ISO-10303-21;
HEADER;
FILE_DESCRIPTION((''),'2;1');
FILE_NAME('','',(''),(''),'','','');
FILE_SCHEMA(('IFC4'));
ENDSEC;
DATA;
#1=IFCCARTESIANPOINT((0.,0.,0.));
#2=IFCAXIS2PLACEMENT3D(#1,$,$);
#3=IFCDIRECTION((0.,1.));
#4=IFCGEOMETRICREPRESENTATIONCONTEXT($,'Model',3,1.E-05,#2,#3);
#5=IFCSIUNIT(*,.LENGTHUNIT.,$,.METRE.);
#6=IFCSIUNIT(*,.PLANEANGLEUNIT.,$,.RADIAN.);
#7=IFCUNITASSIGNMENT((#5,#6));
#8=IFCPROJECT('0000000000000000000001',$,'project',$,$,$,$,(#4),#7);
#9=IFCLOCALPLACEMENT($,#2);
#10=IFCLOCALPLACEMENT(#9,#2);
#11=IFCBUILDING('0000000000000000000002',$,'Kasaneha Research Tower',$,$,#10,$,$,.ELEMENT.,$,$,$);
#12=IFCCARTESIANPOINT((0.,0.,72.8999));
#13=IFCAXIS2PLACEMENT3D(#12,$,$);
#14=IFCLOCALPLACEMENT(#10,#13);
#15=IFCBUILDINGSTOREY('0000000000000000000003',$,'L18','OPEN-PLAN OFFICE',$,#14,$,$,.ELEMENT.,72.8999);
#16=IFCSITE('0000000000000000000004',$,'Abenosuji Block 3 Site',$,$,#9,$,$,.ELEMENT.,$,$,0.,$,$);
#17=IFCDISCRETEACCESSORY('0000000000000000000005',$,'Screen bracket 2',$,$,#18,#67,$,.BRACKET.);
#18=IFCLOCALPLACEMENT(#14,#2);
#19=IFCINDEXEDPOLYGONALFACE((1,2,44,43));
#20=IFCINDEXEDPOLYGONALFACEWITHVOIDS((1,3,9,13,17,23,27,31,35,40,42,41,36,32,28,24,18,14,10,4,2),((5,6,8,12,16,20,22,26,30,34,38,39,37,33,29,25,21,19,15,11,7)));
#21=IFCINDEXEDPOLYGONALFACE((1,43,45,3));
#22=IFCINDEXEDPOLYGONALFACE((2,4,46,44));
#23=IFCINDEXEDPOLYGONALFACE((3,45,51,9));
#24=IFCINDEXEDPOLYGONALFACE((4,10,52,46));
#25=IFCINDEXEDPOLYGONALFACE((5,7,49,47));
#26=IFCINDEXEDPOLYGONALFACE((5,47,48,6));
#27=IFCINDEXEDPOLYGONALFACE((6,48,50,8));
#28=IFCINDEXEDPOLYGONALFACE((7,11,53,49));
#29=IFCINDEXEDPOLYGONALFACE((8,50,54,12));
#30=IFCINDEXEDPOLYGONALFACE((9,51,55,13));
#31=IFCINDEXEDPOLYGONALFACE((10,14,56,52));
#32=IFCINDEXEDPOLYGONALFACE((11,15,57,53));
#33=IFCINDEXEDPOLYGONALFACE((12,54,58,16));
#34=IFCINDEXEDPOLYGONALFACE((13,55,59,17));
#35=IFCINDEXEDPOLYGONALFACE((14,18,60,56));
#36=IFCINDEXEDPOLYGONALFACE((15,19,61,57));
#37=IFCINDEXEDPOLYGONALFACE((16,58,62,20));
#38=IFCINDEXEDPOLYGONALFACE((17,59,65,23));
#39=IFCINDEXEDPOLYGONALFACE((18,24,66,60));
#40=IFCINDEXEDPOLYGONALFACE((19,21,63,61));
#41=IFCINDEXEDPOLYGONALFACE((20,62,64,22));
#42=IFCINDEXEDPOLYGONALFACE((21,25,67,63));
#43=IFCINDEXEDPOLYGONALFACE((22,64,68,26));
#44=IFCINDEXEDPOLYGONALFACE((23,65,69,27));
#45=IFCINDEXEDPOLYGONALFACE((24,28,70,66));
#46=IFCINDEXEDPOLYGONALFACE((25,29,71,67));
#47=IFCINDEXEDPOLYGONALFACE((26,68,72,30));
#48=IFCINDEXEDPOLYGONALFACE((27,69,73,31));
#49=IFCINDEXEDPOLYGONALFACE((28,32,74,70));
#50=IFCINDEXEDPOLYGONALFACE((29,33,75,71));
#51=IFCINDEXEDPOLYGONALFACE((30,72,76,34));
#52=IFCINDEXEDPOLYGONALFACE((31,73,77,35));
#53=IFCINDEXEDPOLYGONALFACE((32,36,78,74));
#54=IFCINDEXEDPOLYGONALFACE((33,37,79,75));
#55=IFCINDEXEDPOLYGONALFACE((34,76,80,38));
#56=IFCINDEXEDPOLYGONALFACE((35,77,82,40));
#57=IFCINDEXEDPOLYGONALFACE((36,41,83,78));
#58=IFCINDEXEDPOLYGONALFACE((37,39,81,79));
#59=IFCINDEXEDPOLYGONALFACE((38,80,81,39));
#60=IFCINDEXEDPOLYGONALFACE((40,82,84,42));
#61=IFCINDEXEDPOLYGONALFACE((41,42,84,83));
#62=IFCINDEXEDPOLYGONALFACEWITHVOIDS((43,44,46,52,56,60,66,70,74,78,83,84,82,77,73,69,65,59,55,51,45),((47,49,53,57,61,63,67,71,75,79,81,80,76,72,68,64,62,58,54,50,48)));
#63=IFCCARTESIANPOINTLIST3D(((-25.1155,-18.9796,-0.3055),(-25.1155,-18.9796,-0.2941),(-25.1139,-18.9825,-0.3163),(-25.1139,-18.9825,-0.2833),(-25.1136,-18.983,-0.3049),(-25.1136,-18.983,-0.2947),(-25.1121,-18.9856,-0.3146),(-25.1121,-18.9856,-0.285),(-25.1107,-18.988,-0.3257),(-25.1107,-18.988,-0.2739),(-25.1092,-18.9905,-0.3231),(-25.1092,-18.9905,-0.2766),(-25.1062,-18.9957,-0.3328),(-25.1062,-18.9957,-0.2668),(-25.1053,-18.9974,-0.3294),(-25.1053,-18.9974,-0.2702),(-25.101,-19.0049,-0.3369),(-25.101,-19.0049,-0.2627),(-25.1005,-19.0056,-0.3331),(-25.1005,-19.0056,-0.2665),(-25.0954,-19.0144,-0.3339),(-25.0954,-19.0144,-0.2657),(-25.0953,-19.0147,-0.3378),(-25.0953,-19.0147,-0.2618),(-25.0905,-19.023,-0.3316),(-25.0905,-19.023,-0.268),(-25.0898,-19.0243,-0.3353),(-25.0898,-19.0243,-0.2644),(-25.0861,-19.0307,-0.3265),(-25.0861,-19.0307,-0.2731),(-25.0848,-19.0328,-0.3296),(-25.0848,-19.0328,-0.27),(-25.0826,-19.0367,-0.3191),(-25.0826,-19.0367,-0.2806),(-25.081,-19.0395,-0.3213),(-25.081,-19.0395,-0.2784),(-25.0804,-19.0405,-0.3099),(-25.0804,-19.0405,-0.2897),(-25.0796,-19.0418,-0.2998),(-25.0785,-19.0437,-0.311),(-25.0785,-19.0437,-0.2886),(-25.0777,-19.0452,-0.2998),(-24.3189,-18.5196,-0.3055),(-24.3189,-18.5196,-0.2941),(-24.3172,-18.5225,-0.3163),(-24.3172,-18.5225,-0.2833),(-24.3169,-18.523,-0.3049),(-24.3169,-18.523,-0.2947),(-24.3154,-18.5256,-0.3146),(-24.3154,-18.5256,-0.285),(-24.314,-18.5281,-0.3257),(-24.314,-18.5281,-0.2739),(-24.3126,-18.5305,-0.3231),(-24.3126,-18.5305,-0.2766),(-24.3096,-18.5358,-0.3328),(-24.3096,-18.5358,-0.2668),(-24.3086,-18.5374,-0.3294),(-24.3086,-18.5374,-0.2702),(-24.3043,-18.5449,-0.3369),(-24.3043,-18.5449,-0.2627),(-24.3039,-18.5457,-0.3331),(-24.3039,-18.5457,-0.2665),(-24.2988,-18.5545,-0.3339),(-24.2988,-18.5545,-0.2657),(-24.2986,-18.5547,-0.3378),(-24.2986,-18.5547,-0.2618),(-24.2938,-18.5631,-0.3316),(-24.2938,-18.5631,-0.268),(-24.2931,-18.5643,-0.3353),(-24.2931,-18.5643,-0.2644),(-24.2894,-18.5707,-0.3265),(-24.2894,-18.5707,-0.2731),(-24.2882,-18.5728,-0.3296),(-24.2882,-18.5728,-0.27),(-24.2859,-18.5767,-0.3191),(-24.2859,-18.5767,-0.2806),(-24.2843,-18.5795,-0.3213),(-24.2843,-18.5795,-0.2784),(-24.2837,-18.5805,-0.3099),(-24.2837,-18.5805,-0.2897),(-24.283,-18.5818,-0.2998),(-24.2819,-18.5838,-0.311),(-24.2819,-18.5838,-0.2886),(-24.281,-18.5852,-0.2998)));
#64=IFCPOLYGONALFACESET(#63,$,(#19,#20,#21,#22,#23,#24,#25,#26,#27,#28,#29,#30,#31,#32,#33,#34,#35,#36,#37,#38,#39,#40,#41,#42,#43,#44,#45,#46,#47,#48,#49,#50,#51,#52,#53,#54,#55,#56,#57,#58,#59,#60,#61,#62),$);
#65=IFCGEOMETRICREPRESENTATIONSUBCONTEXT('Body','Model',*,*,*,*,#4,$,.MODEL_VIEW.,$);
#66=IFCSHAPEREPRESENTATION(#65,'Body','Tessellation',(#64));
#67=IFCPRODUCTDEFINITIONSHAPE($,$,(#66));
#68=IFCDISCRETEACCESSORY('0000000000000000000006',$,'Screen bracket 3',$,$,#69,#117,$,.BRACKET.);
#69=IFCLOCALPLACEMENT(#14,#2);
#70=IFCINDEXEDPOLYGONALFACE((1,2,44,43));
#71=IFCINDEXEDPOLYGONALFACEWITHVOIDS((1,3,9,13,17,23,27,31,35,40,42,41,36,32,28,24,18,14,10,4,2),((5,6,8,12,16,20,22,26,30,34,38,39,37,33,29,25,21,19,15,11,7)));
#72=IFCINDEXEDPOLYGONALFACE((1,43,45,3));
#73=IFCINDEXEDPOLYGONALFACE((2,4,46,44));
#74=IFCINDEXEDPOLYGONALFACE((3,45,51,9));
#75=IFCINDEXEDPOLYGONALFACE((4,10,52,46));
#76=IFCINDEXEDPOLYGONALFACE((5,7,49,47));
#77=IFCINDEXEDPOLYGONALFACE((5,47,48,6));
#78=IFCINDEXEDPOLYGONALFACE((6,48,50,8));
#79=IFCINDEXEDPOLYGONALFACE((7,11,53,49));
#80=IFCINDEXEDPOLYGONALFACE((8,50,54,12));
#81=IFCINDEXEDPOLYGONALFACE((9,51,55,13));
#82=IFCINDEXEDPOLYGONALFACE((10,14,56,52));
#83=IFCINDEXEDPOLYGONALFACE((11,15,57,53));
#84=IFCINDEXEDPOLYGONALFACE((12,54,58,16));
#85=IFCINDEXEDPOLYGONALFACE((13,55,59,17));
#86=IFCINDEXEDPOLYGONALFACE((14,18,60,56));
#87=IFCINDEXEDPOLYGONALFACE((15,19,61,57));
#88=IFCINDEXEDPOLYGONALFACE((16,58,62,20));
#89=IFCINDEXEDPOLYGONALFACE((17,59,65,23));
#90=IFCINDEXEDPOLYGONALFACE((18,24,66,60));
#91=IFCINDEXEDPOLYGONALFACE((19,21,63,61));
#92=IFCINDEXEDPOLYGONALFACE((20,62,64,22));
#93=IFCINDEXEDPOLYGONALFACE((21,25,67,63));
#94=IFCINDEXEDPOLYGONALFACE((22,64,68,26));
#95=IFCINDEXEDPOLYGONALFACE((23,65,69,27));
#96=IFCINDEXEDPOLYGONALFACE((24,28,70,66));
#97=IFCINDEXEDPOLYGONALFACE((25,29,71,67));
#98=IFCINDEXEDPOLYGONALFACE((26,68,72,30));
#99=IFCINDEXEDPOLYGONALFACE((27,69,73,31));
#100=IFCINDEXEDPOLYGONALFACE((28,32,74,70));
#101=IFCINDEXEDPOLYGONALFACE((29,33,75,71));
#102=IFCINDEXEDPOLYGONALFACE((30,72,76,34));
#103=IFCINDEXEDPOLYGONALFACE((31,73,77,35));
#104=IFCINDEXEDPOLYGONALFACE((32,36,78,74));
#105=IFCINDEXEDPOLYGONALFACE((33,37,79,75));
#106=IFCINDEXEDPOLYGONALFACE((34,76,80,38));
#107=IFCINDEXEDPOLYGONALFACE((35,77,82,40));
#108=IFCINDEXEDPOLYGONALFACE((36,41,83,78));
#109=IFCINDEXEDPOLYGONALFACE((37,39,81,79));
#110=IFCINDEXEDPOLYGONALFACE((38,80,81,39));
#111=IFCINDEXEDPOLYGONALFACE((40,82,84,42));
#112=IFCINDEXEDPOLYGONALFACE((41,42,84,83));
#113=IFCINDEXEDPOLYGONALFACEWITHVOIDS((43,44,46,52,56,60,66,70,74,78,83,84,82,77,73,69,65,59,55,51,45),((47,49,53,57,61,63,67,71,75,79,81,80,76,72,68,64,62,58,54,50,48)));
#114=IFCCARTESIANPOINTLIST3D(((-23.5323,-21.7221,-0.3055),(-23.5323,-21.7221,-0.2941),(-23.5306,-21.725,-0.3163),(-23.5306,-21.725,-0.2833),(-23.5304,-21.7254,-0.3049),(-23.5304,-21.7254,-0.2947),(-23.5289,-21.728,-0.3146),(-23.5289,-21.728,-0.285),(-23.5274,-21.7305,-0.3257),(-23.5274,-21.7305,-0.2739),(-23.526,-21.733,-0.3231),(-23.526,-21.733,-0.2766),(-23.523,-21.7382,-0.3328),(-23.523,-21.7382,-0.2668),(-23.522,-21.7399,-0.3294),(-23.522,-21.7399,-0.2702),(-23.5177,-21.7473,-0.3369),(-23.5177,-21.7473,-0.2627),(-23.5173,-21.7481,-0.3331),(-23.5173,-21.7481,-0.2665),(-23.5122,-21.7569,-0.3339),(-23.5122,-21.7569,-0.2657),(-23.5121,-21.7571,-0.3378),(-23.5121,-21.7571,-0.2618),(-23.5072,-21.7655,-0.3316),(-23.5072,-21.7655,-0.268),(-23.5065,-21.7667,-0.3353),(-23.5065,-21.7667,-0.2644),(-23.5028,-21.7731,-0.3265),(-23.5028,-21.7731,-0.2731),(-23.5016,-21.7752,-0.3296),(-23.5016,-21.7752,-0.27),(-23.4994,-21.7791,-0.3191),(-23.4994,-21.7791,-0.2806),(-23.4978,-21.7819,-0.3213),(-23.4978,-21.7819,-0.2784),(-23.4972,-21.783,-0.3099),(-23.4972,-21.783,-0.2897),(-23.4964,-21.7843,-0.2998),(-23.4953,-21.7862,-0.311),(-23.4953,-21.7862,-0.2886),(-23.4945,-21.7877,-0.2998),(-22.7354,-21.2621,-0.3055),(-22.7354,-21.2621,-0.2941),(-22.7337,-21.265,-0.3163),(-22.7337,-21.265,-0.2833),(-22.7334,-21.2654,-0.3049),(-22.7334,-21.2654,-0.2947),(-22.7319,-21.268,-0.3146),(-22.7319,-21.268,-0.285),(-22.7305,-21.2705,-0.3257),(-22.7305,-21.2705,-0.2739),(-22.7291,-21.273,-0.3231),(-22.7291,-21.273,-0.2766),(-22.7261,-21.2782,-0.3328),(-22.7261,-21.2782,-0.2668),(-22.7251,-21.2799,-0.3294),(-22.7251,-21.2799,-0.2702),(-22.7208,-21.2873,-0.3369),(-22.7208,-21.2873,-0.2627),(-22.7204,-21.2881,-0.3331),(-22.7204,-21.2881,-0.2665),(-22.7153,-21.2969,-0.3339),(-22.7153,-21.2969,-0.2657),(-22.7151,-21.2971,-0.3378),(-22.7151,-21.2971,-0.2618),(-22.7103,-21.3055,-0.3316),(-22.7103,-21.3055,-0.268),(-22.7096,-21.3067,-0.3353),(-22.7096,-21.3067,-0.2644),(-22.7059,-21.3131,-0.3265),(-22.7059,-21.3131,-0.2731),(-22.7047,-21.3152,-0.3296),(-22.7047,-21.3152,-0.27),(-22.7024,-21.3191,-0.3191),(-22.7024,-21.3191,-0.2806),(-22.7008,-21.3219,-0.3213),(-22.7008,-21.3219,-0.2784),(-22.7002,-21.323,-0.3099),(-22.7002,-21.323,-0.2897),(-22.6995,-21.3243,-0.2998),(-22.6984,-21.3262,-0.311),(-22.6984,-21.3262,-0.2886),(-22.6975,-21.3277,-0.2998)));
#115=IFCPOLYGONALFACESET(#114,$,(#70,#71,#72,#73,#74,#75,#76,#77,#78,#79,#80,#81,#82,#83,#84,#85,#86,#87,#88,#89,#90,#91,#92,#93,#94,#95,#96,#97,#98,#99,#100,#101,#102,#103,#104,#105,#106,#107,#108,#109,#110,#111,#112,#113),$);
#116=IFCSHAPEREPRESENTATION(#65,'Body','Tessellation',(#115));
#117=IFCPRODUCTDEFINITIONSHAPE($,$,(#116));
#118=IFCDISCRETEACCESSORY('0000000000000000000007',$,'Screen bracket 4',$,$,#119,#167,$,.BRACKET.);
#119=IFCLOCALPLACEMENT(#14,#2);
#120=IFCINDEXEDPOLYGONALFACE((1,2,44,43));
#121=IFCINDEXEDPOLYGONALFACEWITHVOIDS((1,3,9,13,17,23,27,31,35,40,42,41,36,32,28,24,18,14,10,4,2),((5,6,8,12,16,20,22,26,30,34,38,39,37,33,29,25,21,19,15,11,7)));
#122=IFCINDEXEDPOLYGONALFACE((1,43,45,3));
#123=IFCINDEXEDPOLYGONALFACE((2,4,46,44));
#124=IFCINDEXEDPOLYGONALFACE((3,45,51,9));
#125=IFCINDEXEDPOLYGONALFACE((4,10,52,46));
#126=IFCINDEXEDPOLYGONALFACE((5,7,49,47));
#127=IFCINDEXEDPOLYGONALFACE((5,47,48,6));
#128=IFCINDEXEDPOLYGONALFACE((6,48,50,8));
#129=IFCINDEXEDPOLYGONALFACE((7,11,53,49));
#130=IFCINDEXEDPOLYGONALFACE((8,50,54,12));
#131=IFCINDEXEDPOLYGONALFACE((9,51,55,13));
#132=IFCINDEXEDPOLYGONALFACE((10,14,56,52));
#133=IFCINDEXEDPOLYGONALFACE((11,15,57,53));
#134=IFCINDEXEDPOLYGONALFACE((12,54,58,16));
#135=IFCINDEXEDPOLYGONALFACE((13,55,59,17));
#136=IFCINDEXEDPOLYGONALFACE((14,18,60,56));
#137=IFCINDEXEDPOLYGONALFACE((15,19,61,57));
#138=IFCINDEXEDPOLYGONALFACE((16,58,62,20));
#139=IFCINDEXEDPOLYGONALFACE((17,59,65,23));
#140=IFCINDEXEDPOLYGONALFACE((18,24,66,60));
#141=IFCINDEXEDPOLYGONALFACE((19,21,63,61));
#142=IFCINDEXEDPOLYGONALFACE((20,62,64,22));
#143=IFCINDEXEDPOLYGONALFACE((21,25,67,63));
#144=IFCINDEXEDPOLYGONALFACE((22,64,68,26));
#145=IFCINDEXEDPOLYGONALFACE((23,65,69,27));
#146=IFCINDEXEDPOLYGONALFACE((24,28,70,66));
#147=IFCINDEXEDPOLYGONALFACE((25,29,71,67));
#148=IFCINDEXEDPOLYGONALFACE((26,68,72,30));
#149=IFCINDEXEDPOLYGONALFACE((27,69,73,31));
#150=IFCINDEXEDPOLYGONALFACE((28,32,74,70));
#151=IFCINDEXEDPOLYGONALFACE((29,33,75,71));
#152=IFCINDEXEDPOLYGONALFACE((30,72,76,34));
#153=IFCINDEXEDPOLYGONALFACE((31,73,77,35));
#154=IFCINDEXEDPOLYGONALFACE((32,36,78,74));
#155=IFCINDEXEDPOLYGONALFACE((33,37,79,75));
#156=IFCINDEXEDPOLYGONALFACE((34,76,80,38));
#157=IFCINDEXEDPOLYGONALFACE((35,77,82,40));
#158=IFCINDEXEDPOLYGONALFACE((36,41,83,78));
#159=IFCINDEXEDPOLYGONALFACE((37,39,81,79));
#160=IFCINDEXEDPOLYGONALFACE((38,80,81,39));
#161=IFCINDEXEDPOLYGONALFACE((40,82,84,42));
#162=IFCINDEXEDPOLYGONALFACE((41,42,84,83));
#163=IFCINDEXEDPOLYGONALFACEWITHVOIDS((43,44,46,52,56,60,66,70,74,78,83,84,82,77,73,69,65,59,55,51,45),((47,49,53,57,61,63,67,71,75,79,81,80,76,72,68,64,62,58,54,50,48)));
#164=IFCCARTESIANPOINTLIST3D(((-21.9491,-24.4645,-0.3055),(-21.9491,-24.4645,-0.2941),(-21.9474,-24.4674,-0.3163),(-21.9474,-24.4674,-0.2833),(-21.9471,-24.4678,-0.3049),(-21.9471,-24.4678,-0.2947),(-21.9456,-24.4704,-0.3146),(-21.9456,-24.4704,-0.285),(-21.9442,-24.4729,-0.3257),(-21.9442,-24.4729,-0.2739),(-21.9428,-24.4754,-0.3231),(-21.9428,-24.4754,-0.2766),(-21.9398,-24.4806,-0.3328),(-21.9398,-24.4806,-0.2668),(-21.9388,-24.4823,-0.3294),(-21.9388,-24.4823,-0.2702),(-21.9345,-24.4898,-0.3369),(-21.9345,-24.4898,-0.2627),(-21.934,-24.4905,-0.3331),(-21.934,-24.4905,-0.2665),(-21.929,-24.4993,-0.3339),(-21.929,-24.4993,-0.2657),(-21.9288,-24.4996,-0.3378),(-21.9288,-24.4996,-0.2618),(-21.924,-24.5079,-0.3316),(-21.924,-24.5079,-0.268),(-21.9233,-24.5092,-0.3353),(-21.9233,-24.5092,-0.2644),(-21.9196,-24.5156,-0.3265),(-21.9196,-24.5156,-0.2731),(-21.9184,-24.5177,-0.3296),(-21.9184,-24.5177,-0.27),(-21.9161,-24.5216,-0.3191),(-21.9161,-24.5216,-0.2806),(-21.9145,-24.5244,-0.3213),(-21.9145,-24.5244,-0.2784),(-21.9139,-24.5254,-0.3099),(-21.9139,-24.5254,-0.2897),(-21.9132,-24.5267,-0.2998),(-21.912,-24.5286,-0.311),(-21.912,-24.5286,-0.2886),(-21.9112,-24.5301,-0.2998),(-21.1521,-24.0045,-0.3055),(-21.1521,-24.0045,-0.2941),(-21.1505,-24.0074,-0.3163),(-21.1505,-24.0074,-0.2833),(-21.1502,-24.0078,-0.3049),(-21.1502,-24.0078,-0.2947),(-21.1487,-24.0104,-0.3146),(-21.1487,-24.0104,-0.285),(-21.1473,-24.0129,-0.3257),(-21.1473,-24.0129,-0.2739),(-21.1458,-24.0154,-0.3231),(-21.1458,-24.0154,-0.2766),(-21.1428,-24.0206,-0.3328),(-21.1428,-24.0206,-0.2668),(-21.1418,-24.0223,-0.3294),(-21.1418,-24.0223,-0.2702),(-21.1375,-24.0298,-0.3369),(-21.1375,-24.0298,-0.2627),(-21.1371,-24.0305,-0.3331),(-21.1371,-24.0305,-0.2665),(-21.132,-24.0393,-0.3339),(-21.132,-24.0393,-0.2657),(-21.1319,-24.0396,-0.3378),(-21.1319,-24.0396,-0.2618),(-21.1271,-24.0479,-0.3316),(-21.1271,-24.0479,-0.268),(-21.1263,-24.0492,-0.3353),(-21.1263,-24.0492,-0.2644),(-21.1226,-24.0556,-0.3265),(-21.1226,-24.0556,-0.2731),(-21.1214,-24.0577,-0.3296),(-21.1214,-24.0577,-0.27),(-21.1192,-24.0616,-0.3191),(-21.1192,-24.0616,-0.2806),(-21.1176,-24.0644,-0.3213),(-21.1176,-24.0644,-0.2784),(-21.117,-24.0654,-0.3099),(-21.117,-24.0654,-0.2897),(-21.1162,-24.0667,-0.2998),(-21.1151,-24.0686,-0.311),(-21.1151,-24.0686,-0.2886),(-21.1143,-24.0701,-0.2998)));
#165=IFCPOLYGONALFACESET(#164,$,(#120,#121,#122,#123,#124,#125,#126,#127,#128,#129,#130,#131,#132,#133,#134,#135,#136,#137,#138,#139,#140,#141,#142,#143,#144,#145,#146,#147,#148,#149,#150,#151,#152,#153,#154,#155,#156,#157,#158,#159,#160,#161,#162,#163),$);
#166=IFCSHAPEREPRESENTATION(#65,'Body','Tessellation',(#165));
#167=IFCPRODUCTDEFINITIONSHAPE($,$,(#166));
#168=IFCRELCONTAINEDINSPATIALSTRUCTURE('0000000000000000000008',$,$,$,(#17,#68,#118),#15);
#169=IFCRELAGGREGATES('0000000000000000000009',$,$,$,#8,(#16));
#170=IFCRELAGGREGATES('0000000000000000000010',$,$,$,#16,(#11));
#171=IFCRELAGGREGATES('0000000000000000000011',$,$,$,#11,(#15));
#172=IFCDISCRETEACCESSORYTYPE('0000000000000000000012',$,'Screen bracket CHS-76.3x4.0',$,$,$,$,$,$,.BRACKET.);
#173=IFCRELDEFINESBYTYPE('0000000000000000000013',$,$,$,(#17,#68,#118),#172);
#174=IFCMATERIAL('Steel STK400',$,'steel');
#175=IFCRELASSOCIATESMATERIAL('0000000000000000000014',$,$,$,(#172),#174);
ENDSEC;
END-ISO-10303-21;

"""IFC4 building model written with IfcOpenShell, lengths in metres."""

from ifc_helpers import new_model, si_unit, direction, frame, origin, origin_2d, place, context, subcontext, project, spatial, hollow_circle, extrude, material, material_profile, profile_set, type_object, element, save


model = new_model("IFC4")

# Units and contexts
model_context = context("Model", 3, precision=1e-05, world=origin(), true_north=direction((0.0, 1.0)))
body_context = subcontext(model_context, "Body", "Model", "MODEL_VIEW")
ifc_project = project(units=[si_unit("LENGTHUNIT", "METRE"), si_unit("PLANEANGLEUNIT", "RADIAN")], contexts=[model_context])

# Site, building, storey
site_placement = place(None, origin())
site = spatial("IfcSite", under=ifc_project, at=site_placement, Name="Abenosuji Block 3 Site", CompositionType="ELEMENT", RefElevation=0.0)
building_placement = place(site_placement, origin())
building = spatial("IfcBuilding", under=site, at=building_placement, Name="Kasaneha Research Tower", CompositionType="ELEMENT")
storey_placement = place(building_placement, frame((0.0, 0.0, 72.8999)))
storey = spatial("IfcBuildingStorey", under=building, at=storey_placement, Name="L18", Description="OPEN-PLAN OFFICE", CompositionType="ELEMENT", Elevation=72.8999)

# Discrete accessories
ifc_material_1 = material(Name="Steel STK400", Category="steel")
ifc_material_profile_1 = material_profile(ifc_material_1, hollow_circle(Radius=0.0381, WallThickness=0.0039, at=origin_2d()), Name="CHS-76.3x4.0")
ifc_profile_set_1 = profile_set([ifc_material_profile_1], Name="Steel STK400")
discrete_accessory_type = type_object("IfcDiscreteAccessoryType", Name="Screen bracket CHS-76.3x4.0", PredefinedType="BRACKET", material=ifc_profile_set_1)
discrete_accessory_1_placement = place(storey_placement, frame((-24.3, -18.5522, -0.2998), z_axis=(-0.866013, -0.500021, 0.0), x_axis=(0.500021, -0.866013, 0.0)))
element("IfcDiscreteAccessory", 1, at=discrete_accessory_1_placement, inside=storey, type_object=discrete_accessory_type, Name="Screen bracket 2", PredefinedType="BRACKET", context=body_context, shape_type="SweptSolid", body=[
    extrude(hollow_circle(Radius=0.0381, WallThickness=0.0039, at=origin_2d()), origin(), (0.0, 0.0, 1.0), 0.9199),
])
for number, where, z_axis, x_axis, name in (
    (2, (-22.7166, -21.2947, -0.2998), (-0.86608, -0.499906, 0.0), (0.499906, -0.86608, 0.0), "Screen bracket 3"),
    (3, (-21.1333, -24.0371, -0.2998), (-0.86608, -0.499906, 0.0), (0.499906, -0.86608, 0.0), "Screen bracket 4"),
):
    element("IfcDiscreteAccessory", number, at=place(storey_placement, frame(where, z_axis=z_axis, x_axis=x_axis)), inside=storey, type_object=discrete_accessory_type, Name=name, PredefinedType="BRACKET", context=body_context, shape_type="SweptSolid", body=[
        extrude(hollow_circle(Radius=0.0381, WallThickness=0.0039, at=origin_2d()), origin(), (0.0, 0.0, 1.0), 0.9202),
    ])

save(model, "model.ifc")
